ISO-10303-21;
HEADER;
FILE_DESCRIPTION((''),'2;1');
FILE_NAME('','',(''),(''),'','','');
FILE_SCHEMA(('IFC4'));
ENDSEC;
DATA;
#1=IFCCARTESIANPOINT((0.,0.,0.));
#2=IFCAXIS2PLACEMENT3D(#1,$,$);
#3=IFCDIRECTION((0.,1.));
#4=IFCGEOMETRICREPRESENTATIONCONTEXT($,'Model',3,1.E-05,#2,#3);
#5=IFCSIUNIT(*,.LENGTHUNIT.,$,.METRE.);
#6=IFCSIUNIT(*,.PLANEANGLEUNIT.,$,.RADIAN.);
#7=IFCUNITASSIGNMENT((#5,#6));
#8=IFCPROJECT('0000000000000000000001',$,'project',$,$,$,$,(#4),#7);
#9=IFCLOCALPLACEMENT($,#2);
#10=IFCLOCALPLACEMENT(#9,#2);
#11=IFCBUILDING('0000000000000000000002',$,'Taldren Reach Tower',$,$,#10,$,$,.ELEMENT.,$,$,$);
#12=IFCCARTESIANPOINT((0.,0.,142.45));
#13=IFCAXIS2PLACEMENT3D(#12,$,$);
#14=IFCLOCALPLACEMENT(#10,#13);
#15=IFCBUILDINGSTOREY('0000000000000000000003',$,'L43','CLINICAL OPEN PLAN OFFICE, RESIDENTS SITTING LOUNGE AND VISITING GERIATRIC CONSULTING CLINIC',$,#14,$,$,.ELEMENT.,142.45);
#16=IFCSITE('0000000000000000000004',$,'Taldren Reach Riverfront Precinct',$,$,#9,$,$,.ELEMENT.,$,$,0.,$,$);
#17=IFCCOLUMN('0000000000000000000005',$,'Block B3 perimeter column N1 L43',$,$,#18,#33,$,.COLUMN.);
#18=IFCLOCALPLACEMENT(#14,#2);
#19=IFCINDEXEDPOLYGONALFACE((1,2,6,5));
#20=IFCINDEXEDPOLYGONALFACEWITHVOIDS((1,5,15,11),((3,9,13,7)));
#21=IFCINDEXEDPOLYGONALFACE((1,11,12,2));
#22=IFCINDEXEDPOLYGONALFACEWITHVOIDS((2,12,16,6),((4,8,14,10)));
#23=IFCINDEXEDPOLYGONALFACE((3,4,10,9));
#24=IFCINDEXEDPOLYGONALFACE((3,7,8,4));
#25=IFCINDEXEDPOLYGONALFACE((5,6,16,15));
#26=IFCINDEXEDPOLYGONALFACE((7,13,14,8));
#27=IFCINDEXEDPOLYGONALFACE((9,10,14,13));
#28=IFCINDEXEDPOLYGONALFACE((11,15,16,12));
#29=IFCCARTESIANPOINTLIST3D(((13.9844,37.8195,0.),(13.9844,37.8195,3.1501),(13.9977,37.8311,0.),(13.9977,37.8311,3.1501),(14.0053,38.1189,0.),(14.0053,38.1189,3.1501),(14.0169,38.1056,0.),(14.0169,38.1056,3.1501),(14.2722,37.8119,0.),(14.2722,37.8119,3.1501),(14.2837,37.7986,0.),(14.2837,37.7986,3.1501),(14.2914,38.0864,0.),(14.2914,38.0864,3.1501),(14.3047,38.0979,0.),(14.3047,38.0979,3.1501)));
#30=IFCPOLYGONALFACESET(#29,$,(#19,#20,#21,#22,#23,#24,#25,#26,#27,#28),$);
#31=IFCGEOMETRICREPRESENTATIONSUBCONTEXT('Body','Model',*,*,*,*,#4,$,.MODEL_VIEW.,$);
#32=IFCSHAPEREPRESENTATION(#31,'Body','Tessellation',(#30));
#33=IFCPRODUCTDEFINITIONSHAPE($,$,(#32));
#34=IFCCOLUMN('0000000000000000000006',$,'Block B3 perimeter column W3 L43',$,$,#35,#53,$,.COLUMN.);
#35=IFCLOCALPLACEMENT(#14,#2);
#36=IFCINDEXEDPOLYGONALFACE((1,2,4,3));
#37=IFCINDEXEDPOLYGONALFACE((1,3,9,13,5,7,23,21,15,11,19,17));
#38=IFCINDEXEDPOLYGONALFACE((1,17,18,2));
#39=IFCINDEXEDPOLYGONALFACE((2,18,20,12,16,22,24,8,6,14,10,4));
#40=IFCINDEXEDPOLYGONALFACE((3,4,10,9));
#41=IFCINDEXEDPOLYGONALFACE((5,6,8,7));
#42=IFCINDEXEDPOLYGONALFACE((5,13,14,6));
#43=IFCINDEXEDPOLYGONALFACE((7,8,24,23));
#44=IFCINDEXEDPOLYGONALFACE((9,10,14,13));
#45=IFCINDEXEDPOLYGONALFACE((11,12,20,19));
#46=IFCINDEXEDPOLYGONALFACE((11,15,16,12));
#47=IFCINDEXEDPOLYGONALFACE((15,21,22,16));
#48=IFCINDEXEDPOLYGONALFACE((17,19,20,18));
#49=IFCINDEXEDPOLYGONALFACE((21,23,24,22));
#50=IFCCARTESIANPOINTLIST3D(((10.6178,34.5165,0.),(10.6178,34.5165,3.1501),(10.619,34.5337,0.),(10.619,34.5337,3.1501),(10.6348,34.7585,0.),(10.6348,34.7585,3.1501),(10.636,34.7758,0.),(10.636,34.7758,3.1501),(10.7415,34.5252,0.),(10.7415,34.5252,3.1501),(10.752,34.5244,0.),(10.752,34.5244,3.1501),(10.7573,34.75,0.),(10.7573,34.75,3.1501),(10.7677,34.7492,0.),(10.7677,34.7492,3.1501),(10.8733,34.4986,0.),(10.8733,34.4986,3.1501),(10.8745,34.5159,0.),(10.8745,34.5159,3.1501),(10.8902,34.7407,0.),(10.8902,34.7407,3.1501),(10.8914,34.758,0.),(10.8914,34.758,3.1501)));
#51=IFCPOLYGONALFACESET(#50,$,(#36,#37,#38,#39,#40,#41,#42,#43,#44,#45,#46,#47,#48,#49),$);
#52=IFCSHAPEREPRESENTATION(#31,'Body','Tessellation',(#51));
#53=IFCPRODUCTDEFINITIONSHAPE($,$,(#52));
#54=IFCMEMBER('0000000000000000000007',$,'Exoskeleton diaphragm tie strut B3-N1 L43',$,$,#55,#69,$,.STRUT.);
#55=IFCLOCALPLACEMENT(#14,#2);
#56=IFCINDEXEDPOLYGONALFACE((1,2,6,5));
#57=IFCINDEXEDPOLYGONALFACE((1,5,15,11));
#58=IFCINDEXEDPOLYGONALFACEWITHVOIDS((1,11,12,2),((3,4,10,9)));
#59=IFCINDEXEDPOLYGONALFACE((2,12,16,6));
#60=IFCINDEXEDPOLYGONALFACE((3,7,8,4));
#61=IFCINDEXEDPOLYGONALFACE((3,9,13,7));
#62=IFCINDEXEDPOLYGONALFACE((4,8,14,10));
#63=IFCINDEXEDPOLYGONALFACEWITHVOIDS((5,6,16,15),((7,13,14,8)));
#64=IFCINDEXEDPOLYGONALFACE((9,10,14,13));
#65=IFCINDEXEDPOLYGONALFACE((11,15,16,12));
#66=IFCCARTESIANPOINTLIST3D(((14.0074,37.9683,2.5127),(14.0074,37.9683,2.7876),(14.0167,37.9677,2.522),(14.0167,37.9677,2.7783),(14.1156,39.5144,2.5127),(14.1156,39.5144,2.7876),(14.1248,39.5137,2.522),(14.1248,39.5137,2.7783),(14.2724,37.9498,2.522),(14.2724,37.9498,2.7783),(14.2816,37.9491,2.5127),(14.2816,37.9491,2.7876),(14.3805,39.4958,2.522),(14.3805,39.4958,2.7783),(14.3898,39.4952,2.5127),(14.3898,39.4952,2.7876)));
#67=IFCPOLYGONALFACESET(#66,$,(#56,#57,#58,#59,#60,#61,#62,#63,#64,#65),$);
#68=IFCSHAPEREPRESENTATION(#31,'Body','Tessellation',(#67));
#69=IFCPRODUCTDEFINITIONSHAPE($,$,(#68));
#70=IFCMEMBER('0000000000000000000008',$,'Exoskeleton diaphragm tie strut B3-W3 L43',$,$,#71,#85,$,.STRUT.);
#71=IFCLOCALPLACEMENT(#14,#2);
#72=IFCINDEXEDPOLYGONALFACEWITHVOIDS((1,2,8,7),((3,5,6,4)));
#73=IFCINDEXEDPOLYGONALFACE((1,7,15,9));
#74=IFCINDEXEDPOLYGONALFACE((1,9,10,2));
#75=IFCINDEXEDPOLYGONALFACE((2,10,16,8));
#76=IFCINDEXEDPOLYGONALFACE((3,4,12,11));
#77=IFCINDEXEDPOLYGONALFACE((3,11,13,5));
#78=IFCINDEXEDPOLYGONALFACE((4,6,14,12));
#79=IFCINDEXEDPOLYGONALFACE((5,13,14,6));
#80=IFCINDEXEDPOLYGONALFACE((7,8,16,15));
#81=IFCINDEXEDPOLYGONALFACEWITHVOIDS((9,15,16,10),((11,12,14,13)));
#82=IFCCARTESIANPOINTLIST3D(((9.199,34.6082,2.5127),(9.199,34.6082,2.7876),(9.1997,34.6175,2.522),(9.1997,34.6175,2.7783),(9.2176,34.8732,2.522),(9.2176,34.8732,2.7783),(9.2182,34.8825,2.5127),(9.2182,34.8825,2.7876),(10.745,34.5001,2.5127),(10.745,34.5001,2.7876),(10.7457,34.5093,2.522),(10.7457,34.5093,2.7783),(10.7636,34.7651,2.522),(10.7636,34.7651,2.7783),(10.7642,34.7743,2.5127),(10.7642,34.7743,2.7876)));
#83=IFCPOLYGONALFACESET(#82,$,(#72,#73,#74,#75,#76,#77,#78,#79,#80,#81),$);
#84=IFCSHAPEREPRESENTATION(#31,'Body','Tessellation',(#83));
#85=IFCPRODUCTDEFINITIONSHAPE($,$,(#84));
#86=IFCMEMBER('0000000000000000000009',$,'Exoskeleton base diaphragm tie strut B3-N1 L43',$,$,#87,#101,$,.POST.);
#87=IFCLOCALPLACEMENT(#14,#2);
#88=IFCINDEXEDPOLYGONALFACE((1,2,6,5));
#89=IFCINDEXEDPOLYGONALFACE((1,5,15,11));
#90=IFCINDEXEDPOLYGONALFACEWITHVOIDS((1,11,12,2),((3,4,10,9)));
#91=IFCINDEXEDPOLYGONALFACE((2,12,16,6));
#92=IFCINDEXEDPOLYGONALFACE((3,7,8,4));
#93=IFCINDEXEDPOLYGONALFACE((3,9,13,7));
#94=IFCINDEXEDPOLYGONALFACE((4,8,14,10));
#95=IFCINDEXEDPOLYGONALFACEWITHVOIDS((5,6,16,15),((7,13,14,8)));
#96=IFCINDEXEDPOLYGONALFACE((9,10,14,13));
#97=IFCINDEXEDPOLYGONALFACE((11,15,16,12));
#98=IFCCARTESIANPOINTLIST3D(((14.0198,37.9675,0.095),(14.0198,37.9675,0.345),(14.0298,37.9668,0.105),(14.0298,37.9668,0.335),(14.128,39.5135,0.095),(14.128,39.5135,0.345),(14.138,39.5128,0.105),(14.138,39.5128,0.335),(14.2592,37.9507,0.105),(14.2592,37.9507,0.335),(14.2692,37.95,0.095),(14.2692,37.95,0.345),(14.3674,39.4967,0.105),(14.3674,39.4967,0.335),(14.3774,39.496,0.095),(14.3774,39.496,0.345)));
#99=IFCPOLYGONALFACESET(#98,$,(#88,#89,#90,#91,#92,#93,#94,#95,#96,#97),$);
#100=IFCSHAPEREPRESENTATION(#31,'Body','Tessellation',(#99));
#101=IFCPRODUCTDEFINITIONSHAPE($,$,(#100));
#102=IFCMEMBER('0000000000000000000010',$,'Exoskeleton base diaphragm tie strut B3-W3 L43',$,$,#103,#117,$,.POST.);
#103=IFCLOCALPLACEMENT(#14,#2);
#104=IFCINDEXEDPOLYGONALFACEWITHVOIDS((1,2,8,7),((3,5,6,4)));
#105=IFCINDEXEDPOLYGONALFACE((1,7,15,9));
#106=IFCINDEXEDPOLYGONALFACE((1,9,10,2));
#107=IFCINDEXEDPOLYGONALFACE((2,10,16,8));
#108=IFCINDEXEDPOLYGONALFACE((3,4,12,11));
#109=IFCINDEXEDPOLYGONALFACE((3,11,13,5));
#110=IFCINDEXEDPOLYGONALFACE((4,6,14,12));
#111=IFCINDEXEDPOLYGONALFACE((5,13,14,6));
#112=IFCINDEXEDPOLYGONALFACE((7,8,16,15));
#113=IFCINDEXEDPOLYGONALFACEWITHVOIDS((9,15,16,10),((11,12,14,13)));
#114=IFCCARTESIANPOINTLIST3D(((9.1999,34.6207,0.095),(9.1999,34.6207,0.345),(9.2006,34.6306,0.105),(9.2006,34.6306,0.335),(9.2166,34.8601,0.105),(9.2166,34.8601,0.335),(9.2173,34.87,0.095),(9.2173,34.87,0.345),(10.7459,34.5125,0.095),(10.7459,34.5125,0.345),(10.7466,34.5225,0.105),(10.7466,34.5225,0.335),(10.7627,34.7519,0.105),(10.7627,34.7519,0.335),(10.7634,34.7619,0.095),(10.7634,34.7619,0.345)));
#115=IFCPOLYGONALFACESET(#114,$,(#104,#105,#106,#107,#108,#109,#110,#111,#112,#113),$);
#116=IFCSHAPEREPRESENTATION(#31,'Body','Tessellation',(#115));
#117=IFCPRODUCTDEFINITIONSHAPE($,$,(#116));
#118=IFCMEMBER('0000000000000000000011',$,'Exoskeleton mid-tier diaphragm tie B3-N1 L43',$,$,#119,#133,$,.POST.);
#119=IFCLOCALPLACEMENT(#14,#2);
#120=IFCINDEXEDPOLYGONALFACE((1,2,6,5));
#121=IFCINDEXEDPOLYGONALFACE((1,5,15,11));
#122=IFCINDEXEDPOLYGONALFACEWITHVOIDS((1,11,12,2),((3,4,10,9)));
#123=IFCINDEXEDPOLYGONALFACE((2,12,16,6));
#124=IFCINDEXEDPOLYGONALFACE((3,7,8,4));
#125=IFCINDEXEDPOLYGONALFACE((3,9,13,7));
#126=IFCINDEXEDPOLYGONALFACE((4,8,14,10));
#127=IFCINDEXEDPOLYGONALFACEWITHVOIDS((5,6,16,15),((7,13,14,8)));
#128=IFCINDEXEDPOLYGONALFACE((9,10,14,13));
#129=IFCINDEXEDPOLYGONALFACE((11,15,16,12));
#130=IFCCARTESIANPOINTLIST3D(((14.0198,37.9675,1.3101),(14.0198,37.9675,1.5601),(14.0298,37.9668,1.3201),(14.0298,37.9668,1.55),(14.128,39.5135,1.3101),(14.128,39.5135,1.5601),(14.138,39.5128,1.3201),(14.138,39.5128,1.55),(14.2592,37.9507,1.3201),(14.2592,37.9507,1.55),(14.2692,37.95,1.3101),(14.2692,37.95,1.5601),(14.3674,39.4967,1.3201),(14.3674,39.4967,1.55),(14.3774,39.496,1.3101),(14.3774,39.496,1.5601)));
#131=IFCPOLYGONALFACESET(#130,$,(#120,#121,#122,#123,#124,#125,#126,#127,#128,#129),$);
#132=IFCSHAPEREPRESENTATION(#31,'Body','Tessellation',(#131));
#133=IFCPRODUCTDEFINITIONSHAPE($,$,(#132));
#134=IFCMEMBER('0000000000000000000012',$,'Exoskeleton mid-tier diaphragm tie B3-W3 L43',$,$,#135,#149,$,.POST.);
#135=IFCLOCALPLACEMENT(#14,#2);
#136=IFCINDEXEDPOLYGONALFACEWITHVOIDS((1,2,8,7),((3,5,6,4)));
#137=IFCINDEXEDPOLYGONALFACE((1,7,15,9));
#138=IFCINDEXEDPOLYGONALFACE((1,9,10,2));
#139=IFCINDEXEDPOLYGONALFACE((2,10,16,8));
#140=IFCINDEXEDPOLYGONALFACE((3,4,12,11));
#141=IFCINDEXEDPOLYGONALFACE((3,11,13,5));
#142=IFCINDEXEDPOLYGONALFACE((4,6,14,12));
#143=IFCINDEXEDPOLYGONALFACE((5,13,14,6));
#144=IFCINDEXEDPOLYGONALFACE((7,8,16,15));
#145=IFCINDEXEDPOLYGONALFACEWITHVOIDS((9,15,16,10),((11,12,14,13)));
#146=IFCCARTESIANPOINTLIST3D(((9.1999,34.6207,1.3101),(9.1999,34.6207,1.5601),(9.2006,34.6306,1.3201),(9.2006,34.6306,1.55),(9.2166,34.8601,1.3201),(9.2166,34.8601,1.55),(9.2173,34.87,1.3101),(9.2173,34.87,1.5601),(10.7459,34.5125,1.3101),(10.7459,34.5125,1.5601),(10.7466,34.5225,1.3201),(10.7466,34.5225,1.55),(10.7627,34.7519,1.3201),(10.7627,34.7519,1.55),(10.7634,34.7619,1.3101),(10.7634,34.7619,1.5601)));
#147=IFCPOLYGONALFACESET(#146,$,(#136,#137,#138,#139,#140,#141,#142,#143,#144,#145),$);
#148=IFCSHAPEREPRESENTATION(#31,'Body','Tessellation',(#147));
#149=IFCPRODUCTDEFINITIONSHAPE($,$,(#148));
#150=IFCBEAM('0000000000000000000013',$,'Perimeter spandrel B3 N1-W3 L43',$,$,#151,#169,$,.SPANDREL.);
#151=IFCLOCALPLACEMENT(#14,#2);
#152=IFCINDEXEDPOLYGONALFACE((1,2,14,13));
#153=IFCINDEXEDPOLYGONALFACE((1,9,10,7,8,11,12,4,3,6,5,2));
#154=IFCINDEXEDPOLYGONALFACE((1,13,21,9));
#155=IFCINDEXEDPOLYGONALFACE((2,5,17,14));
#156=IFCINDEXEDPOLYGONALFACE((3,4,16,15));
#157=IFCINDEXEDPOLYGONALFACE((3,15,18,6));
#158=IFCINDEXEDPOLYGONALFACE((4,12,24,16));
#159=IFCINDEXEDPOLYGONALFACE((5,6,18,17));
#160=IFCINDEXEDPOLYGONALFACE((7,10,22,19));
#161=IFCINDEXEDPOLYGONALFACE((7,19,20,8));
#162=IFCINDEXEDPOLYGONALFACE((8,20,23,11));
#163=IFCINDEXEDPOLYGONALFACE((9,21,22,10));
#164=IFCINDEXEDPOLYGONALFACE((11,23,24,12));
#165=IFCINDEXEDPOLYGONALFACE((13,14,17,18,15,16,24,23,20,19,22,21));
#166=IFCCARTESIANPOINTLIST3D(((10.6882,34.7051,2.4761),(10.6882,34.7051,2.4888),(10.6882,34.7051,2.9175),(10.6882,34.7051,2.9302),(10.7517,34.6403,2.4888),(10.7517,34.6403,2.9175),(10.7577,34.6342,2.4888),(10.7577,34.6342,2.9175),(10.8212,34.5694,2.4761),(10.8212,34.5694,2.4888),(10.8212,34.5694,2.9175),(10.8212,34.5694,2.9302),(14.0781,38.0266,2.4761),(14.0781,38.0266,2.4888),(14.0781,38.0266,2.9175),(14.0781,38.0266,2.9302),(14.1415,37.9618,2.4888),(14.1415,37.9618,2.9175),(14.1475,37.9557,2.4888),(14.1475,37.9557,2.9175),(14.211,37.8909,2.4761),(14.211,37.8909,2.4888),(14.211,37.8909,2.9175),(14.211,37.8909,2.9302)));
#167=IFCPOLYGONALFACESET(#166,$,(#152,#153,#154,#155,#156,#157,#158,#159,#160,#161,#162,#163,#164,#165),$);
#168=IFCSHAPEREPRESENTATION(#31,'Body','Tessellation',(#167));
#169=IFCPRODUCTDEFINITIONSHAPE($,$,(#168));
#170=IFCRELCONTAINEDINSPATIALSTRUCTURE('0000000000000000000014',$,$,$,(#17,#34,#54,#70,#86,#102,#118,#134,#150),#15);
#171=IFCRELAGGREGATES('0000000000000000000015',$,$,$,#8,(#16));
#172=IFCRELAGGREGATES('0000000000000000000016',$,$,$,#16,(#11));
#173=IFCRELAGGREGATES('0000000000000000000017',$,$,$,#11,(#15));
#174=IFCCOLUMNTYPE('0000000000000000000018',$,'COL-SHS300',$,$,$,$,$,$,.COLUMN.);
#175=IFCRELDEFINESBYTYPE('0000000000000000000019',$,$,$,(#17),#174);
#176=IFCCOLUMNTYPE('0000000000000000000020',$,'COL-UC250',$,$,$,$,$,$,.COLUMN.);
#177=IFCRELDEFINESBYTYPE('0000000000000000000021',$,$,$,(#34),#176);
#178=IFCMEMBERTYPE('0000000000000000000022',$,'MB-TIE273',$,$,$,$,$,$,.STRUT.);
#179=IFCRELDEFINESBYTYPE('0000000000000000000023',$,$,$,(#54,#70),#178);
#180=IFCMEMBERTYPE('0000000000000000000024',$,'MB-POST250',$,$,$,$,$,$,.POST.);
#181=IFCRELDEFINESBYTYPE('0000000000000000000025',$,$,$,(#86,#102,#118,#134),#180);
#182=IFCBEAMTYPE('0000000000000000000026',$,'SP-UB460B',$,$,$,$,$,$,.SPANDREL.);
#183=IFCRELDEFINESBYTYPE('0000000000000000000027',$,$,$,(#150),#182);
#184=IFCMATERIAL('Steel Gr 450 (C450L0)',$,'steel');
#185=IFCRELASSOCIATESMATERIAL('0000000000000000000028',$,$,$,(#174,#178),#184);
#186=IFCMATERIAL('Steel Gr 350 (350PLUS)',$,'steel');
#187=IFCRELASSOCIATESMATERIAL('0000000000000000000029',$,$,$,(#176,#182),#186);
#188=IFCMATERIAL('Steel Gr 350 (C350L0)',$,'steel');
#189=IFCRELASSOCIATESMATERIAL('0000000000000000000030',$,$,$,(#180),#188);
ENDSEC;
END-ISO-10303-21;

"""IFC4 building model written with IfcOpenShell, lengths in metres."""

from ifc_helpers import new_model, si_unit, direction, frame, origin, origin_2d, place, context, subcontext, project, spatial, hollow_rectangle, i_section, extrude, source, transform, mapped, material, material_profile, profile_set, type_object, element, save


model = new_model("IFC4")

# Units and contexts
model_context = context("Model", 3, precision=1e-05, world=origin(), true_north=direction((0.0, 1.0)))
body_context = subcontext(model_context, "Body", "Model", "MODEL_VIEW")
ifc_project = project(units=[si_unit("LENGTHUNIT", "METRE"), si_unit("PLANEANGLEUNIT", "RADIAN")], contexts=[model_context])

# Site, building, storey
site_placement = place(None, origin())
site = spatial("IfcSite", under=ifc_project, at=site_placement, Name="Taldren Reach Riverfront Precinct", CompositionType="ELEMENT", RefElevation=0.0)
building_placement = place(site_placement, origin())
building = spatial("IfcBuilding", under=site, at=building_placement, Name="Taldren Reach Tower", CompositionType="ELEMENT")
storey_placement = place(building_placement, frame((0.0, 0.0, 142.45)))
storey = spatial("IfcBuildingStorey", under=building, at=storey_placement, Name="L43", Description="CLINICAL OPEN PLAN OFFICE, RESIDENTS SITTING LOUNGE AND VISITING GERIATRIC CONSULTING CLINIC", CompositionType="ELEMENT", Elevation=142.45)

# Columns
ifc_material_1 = material(Name="Steel Gr 450 (C450L0)", Category="steel")
ifc_material_profile_1 = material_profile(ifc_material_1, hollow_rectangle(XDim=0.3, YDim=0.3, WallThickness=0.0125, at=origin_2d()), Name="300x300x12.5SHS")
ifc_profile_set_1 = profile_set([ifc_material_profile_1], Name="Steel Gr 450 (C450L0)")
column_type_1 = type_object("IfcColumnType", Name="COL-SHS300", PredefinedType="COLUMN", material=ifc_profile_set_1)
shared_shape_1 = source(origin(), body_context, "Body", "SweptSolid", [
    extrude(hollow_rectangle(XDim=0.3, YDim=0.3, WallThickness=0.0125, at=origin_2d()), origin(), (0.0, 0.0, 1.0), 3.1501),
])
column_1_placement = place(storey_placement, frame((14.1445, 37.9587, 0.0), z_axis=(0.0, 0.0, 1.0), x_axis=(0.997564, -0.069756, 0.0)))
element("IfcColumn", 1, at=column_1_placement, inside=storey, type_object=column_type_1, Name="Block B3 perimeter column N1 L43", PredefinedType="COLUMN", context=body_context, shape_type="MappedRepresentation", body=[
    mapped(shared_shape_1, transform((0.0, 0.0, 0.0), scale=1.0)),
])
ifc_material_2 = material(Name="Steel Gr 350 (350PLUS)", Category="steel")
ifc_material_profile_2 = material_profile(ifc_material_2, i_section(OverallWidth=0.2561, OverallDepth=0.26, WebThickness=0.0105, FlangeThickness=0.0173, at=origin_2d()), Name="250UC89.5")
ifc_profile_set_2 = profile_set([ifc_material_profile_2], Name="Steel Gr 350 (350PLUS)")
column_type_2 = type_object("IfcColumnType", Name="COL-UC250", PredefinedType="COLUMN", material=ifc_profile_set_2)
shared_shape_2 = source(origin(), body_context, "Body", "SweptSolid", [
    extrude(i_section(OverallWidth=0.2561, OverallDepth=0.26, WebThickness=0.0105, FlangeThickness=0.0173, at=origin_2d()), origin(), (0.0, 0.0, 1.0), 3.1501),
])
column_2_placement = place(storey_placement, frame((10.7546, 34.6372, 0.0), z_axis=(0.0, 0.0, 1.0), x_axis=(0.997564, -0.069756, 0.0)))
element("IfcColumn", 2, at=column_2_placement, inside=storey, type_object=column_type_2, Name="Block B3 perimeter column W3 L43", PredefinedType="COLUMN", context=body_context, shape_type="MappedRepresentation", body=[
    mapped(shared_shape_2, transform((0.0, 0.0, 0.0), scale=1.0)),
])

# Members
ifc_material_profile_3 = material_profile(ifc_material_1, hollow_rectangle(XDim=0.2749, YDim=0.2749, WallThickness=0.0093, at=origin_2d()), Name="275x275x9.3SHS")
ifc_profile_set_3 = profile_set([ifc_material_profile_3], Name="Steel Gr 450 (C450L0)")
member_type_1 = type_object("IfcMemberType", Name="MB-TIE273", PredefinedType="STRUT", material=ifc_profile_set_3)
shared_shape_3 = source(origin(), body_context, "Body", "SweptSolid", [
    extrude(hollow_rectangle(XDim=0.2749, YDim=0.2749, WallThickness=0.0093, at=origin_2d()), origin(), (0.0, 0.0, 1.0), 1.5498),
])
for number, where, z_axis, x_axis, name in (
    (3, (14.1445, 37.9587, 2.6501), (0.069781, 0.997562, 0.0), (-0.997562, 0.069781, 0.0), "Exoskeleton diaphragm tie strut B3-N1 L43"),
    (4, (10.7546, 34.6372, 2.6501), (-0.997562, 0.069781, 0.0), (-0.069781, -0.997562, 0.0), "Exoskeleton diaphragm tie strut B3-W3 L43"),
):
    element("IfcMember", number, at=place(storey_placement, frame(where, z_axis=z_axis, x_axis=x_axis)), inside=storey, type_object=member_type_1, Name=name, PredefinedType="STRUT", context=body_context, shape_type="MappedRepresentation", body=[
        mapped(shared_shape_3, transform((0.0, 0.0, 0.0), scale=1.0)),
    ])
ifc_material_3 = material(Name="Steel Gr 350 (C350L0)", Category="steel")
ifc_material_profile_4 = material_profile(ifc_material_3, hollow_rectangle(XDim=0.25, YDim=0.25, WallThickness=0.01, at=origin_2d()), Name="250x250x10.0SHS")
ifc_profile_set_4 = profile_set([ifc_material_profile_4], Name="Steel Gr 350 (C350L0)")
member_type_2 = type_object("IfcMemberType", Name="MB-POST250", PredefinedType="POST", material=ifc_profile_set_4)
shared_shape_4 = source(origin(), body_context, "Body", "SweptSolid", [
    extrude(hollow_rectangle(XDim=0.25, YDim=0.25, WallThickness=0.01, at=origin_2d()), origin(), (0.0, 0.0, 1.0), 1.5498),
])
for number, where, z_axis, x_axis, name in (
    (5, (14.1445, 37.9587, 0.22), (0.069781, 0.997562, 0.0), (-0.997562, 0.069781, 0.0), "Exoskeleton base diaphragm tie strut B3-N1 L43"),
    (6, (10.7546, 34.6372, 0.22), (-0.997562, 0.069781, 0.0), (-0.069781, -0.997562, 0.0), "Exoskeleton base diaphragm tie strut B3-W3 L43"),
    (7, (14.1445, 37.9587, 1.4351), (0.069781, 0.997562, 0.0), (-0.997562, 0.069781, 0.0), "Exoskeleton mid-tier diaphragm tie B3-N1 L43"),
    (8, (10.7546, 34.6372, 1.4351), (-0.997562, 0.069781, 0.0), (-0.069781, -0.997562, 0.0), "Exoskeleton mid-tier diaphragm tie B3-W3 L43"),
):
    element("IfcMember", number, at=place(storey_placement, frame(where, z_axis=z_axis, x_axis=x_axis)), inside=storey, type_object=member_type_2, Name=name, PredefinedType="POST", context=body_context, shape_type="MappedRepresentation", body=[
        mapped(shared_shape_4, transform((0.0, 0.0, 0.0), scale=1.0)),
    ])

# Beam
ifc_material_profile_5 = material_profile(ifc_material_2, i_section(OverallWidth=0.1899, OverallDepth=0.4541, WebThickness=0.0085, FlangeThickness=0.0127, at=origin_2d()), Name="460UB67.1")
ifc_profile_set_5 = profile_set([ifc_material_profile_5], Name="Steel Gr 350 (350PLUS)")
beam_type_1 = type_object("IfcBeamType", Name="SP-UB460B", PredefinedType="SPANDREL", material=ifc_profile_set_5)
shared_shape_5 = source(origin(), body_context, "Body", "SweptSolid", [
    extrude(i_section(OverallWidth=0.1899, OverallDepth=0.4541, WebThickness=0.0085, FlangeThickness=0.0127, at=origin_2d()), origin(), (0.0, 0.0, 1.0), 4.7458),
])
beam_1_placement = place(storey_placement, frame((14.1445, 37.9587, 2.7031), z_axis=(-0.714272, -0.699868, 0.0), x_axis=(0.699868, -0.714272, 0.0)))
element("IfcBeam", 9, at=beam_1_placement, inside=storey, type_object=beam_type_1, Name="Perimeter spandrel B3 N1-W3 L43", PredefinedType="SPANDREL", context=body_context, shape_type="MappedRepresentation", body=[
    mapped(shared_shape_5, transform((0.0, 0.0, 0.0), scale=1.0)),
])

save(model, "model.ifc")
